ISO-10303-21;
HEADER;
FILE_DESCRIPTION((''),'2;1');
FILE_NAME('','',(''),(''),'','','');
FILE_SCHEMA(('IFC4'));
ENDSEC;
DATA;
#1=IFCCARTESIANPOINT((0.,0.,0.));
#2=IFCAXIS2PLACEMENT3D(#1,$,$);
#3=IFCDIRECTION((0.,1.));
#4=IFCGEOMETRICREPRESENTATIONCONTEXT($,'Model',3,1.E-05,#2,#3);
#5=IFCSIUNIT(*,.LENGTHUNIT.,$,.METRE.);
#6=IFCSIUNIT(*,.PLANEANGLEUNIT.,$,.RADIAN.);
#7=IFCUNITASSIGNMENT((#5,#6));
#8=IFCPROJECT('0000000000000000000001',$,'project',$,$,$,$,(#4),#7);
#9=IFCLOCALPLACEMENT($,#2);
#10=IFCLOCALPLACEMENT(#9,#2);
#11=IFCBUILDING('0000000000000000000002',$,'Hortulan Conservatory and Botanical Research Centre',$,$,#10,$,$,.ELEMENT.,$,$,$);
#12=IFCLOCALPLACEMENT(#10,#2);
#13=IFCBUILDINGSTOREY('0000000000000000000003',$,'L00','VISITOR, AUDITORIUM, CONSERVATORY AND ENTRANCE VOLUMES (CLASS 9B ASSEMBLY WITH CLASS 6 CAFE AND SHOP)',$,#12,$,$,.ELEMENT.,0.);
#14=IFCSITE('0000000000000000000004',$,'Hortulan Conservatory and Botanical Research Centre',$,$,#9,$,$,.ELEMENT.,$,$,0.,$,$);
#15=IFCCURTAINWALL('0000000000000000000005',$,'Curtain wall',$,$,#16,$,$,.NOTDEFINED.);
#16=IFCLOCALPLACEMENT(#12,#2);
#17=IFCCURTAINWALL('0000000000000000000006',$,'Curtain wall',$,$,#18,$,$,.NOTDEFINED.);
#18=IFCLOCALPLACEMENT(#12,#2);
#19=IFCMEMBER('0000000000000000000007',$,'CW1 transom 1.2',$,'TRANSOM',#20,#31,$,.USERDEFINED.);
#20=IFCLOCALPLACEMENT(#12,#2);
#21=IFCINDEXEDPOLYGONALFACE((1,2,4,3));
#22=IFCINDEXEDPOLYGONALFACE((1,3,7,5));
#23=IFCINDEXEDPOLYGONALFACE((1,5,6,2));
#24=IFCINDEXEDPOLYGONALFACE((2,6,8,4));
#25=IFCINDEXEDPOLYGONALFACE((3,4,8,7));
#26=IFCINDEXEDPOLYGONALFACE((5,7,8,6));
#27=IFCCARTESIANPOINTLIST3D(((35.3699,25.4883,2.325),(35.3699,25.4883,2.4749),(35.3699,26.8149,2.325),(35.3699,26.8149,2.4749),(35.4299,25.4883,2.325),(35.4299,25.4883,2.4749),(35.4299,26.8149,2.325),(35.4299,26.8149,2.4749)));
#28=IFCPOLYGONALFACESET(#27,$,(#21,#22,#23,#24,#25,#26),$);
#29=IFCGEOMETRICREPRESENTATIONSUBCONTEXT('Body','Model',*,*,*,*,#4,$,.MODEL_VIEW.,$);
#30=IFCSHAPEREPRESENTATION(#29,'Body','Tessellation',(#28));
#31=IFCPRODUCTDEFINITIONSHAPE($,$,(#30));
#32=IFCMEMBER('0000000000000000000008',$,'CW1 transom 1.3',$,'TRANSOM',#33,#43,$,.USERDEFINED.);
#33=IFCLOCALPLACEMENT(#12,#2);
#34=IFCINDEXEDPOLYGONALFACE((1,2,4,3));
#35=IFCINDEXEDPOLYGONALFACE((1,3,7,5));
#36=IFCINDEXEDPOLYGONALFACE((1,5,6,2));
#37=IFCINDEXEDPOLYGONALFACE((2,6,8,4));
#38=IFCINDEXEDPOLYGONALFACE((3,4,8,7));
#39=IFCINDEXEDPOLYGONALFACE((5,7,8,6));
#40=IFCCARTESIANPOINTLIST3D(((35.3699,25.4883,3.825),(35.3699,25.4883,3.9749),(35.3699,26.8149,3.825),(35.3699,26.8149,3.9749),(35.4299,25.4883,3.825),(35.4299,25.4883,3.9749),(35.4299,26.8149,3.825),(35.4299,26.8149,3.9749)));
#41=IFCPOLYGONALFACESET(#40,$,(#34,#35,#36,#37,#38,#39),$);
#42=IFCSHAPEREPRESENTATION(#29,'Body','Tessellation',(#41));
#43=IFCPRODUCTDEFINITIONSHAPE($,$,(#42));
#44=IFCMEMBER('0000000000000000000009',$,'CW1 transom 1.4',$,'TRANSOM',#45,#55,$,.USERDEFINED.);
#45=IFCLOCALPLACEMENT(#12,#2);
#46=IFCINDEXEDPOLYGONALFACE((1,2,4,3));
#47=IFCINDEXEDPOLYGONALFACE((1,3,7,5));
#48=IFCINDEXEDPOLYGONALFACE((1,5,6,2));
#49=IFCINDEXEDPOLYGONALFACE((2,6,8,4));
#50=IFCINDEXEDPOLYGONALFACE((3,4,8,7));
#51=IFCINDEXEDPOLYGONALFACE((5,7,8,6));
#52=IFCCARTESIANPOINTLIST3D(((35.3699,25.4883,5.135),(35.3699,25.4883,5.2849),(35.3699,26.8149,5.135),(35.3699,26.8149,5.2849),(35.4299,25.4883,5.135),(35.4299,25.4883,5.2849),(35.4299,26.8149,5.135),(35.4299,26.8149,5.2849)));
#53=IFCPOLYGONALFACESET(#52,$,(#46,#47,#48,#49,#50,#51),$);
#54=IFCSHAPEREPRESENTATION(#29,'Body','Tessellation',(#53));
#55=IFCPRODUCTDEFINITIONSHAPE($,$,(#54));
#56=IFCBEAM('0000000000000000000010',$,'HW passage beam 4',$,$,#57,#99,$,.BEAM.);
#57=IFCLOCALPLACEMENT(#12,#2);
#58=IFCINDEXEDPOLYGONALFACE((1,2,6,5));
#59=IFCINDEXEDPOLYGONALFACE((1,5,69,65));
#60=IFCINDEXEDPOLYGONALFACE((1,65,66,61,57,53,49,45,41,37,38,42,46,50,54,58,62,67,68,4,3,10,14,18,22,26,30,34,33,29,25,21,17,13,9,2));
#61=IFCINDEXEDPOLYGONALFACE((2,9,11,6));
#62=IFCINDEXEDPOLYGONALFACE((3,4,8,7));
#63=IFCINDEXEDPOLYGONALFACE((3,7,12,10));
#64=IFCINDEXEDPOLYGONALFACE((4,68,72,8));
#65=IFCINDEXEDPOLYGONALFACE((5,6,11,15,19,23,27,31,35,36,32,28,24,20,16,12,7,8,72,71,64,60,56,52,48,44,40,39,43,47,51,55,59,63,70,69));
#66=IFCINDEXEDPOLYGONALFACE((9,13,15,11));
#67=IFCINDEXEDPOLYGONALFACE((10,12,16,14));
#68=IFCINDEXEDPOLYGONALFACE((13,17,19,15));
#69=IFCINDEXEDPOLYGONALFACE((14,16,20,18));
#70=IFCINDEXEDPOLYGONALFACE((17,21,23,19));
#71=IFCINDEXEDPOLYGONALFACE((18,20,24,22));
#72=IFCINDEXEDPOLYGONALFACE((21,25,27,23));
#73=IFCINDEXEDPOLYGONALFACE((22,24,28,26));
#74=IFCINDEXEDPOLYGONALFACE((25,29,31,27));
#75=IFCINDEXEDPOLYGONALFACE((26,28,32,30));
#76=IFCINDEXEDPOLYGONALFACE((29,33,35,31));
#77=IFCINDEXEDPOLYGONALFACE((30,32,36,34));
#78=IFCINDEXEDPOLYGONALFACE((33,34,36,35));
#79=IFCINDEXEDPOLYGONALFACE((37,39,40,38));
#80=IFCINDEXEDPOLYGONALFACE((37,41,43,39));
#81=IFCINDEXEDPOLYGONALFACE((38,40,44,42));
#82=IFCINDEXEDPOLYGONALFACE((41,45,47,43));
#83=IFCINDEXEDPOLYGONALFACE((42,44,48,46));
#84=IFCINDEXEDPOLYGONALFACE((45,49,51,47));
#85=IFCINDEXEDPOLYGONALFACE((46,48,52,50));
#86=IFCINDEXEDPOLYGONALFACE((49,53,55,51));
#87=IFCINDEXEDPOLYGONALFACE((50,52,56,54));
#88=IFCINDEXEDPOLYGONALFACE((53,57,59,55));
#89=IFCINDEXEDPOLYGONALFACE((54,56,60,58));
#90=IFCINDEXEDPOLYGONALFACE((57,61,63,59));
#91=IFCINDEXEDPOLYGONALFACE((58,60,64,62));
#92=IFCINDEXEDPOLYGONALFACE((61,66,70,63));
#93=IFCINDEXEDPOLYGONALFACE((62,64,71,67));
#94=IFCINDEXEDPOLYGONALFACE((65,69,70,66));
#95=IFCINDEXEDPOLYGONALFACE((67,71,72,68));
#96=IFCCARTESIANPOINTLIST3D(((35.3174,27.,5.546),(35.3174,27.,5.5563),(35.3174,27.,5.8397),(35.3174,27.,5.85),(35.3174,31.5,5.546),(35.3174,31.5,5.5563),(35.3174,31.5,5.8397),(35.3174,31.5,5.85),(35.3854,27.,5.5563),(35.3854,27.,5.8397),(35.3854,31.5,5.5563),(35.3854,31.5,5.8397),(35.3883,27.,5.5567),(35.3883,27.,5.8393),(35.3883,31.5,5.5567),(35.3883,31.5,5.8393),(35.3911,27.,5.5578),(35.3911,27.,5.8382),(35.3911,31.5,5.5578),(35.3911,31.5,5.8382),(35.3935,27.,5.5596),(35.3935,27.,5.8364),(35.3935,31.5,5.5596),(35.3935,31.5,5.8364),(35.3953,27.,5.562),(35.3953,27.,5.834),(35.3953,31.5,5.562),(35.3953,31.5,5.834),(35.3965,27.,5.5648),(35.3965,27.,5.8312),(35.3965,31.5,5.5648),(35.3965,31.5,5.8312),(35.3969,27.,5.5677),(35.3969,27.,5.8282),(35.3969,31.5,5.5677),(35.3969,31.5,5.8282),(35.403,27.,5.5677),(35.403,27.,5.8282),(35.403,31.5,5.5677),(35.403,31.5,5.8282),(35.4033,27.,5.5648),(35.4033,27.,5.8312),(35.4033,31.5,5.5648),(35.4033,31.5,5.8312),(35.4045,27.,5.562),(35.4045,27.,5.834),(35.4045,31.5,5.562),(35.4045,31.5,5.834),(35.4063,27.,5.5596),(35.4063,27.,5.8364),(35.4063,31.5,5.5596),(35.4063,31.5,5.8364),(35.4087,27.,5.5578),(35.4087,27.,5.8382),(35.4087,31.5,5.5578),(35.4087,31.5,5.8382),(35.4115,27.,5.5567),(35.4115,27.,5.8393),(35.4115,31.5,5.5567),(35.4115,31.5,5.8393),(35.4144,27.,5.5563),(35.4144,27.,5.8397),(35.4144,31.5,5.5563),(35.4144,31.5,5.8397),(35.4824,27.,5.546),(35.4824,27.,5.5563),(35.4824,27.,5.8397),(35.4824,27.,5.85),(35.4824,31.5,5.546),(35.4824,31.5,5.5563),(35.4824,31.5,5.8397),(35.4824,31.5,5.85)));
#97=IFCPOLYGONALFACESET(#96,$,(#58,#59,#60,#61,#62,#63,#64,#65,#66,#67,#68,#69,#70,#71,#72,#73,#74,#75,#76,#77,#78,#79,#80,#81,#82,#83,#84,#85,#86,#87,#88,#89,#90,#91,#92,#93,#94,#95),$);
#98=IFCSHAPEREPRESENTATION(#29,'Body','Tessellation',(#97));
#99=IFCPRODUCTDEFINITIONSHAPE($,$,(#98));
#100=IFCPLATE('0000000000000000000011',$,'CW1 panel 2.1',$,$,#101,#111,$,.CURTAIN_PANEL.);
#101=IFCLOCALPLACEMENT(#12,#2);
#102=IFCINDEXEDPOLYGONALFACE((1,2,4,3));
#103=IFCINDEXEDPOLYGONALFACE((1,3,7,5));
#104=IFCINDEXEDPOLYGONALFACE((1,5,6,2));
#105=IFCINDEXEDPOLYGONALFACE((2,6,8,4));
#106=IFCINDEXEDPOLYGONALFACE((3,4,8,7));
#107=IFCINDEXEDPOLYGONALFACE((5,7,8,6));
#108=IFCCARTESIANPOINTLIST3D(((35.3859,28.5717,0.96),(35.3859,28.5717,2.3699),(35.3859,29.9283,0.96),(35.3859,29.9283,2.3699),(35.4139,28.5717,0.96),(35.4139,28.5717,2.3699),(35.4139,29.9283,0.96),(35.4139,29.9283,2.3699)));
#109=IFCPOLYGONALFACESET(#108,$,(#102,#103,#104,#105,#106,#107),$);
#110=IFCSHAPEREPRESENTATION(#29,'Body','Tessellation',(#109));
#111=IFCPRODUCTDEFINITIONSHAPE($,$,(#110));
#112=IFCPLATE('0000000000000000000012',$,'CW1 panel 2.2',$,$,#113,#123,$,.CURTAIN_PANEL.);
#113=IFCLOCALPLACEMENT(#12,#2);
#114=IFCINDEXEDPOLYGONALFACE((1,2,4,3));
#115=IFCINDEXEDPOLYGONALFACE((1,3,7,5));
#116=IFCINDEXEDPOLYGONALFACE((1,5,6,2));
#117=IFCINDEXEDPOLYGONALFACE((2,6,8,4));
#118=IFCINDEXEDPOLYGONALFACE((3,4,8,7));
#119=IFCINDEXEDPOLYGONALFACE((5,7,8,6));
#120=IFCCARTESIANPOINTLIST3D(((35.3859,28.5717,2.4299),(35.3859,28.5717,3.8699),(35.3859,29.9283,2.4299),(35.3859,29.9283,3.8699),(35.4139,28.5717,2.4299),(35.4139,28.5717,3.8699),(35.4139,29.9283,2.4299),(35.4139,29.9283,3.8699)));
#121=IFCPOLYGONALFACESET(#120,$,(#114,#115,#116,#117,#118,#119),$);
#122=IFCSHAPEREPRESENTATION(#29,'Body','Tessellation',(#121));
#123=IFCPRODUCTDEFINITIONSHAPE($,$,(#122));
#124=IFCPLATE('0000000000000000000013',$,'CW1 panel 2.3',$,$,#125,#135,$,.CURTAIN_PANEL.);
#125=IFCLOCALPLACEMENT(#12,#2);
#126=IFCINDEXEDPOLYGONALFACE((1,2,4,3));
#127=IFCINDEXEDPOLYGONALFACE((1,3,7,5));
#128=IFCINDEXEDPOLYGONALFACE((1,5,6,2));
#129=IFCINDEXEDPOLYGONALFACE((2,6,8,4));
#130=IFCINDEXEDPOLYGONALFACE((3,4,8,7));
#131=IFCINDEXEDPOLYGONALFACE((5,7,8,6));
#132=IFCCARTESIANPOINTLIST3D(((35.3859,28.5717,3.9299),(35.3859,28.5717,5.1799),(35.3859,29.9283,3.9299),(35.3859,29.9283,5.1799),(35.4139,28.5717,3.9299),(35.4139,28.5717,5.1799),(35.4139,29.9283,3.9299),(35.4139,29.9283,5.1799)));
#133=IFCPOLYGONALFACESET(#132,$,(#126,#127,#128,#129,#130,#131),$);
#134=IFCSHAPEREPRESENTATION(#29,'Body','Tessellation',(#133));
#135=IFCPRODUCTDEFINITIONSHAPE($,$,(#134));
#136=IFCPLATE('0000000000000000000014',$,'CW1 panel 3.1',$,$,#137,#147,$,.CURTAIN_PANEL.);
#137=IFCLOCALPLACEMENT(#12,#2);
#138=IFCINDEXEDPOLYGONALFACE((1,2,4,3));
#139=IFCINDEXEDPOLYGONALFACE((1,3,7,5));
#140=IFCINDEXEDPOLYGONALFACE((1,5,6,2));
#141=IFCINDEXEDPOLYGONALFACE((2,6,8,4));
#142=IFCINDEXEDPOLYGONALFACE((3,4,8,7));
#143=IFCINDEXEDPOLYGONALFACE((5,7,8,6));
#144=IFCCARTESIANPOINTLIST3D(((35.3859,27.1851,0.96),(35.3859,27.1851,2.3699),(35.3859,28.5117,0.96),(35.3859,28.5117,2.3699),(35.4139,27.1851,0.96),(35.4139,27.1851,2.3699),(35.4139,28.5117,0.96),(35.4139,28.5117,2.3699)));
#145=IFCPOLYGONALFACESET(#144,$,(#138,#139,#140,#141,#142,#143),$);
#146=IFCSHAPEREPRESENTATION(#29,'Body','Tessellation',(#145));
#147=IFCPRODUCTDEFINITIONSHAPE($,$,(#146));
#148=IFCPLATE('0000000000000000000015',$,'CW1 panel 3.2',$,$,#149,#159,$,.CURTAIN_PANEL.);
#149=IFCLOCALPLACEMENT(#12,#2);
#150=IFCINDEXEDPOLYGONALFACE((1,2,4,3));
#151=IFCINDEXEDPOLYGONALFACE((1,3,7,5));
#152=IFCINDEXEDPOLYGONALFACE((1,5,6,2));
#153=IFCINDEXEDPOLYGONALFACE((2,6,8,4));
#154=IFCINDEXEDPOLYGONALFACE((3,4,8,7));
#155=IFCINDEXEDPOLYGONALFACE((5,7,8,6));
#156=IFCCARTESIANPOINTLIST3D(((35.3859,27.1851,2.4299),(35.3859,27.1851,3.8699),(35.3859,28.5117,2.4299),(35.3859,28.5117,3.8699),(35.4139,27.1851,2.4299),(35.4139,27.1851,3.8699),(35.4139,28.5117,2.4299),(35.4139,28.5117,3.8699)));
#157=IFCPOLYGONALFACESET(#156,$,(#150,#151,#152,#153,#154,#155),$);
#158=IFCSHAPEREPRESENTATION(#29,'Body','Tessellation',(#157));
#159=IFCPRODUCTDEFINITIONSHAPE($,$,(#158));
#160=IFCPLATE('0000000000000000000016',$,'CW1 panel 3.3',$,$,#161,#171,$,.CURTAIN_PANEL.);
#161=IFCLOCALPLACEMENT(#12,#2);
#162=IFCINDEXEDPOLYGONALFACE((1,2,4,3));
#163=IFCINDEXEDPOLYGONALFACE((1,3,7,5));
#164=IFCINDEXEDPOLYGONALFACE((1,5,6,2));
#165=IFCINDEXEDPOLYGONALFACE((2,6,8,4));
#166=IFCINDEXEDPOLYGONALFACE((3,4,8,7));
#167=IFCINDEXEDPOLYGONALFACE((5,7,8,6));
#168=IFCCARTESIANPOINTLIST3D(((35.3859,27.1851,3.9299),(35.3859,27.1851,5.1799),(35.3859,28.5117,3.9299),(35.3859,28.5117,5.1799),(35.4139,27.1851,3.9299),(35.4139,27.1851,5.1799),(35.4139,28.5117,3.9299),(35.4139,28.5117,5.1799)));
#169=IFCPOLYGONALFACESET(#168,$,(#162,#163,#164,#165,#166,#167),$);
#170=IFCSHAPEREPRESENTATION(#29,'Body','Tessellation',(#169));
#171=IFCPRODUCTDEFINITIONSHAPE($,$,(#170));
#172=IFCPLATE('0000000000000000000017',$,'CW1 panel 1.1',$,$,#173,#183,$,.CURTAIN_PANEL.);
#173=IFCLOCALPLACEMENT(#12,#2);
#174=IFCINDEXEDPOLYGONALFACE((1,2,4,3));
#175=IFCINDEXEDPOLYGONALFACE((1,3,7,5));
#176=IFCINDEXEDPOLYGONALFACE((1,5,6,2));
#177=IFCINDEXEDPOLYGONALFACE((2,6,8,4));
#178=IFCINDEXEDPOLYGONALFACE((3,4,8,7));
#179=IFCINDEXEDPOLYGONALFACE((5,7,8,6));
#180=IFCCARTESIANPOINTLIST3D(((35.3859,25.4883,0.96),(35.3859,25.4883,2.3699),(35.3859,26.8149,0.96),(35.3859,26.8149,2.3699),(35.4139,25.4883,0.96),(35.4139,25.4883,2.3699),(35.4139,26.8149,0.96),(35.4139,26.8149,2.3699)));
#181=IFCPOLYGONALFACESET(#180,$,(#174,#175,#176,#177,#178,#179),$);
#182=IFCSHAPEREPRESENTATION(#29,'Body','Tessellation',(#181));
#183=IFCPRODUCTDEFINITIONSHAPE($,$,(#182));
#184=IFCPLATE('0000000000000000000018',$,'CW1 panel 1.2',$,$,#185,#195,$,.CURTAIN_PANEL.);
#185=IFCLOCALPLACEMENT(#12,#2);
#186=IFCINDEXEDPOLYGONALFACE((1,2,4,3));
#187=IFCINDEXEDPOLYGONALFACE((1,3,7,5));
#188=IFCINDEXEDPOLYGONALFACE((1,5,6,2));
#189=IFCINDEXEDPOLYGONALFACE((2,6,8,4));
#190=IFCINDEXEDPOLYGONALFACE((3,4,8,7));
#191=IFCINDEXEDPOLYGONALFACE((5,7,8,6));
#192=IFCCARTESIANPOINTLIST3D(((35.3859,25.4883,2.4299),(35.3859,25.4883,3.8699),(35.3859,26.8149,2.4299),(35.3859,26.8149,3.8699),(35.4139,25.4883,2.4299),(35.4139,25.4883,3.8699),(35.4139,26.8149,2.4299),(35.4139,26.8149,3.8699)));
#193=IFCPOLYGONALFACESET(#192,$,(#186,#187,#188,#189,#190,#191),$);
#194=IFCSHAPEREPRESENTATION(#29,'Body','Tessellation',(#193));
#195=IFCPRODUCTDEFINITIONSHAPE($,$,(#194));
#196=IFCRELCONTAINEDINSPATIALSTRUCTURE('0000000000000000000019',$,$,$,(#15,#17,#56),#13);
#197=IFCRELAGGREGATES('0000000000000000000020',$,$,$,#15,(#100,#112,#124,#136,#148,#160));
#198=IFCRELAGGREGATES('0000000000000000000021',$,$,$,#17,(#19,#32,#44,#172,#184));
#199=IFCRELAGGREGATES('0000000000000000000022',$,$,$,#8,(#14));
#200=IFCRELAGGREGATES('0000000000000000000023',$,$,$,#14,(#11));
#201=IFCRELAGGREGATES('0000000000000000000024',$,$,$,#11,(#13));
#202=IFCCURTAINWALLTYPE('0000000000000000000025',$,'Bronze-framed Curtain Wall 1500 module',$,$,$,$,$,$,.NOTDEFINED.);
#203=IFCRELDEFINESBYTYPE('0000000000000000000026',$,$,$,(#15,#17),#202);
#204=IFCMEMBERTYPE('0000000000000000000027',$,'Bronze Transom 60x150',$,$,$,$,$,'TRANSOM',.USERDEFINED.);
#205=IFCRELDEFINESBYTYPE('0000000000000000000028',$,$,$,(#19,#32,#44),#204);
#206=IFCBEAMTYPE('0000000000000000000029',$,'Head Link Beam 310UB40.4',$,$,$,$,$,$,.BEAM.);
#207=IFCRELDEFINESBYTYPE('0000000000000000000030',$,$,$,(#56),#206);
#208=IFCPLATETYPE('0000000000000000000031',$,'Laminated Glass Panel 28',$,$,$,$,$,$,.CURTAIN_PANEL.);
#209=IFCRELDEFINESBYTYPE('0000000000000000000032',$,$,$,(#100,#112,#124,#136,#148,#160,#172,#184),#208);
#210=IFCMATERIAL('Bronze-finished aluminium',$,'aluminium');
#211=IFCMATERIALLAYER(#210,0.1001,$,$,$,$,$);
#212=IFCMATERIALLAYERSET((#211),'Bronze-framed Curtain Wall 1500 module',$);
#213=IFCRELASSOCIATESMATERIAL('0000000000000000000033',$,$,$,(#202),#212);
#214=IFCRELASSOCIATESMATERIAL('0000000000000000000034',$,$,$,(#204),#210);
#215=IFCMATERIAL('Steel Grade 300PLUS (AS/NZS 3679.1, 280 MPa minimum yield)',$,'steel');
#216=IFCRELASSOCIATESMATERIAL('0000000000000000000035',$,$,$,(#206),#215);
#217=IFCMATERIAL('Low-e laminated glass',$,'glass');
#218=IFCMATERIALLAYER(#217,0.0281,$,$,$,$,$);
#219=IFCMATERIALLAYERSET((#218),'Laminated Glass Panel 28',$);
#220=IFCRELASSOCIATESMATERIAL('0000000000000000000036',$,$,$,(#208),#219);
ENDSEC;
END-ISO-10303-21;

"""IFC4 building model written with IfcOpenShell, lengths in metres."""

from ifc_helpers import new_model, si_unit, direction, frame, origin, origin_2d, place, context, subcontext, project, spatial, rectangle, i_section, extrude, material, layer, layer_set, material_profile, profile_set, type_object, element, aggregate, save


model = new_model("IFC4")

# Units and contexts
model_context = context("Model", 3, precision=1e-05, world=origin(), true_north=direction((0.0, 1.0)))
body_context = subcontext(model_context, "Body", "Model", "MODEL_VIEW")
ifc_project = project(units=[si_unit("LENGTHUNIT", "METRE"), si_unit("PLANEANGLEUNIT", "RADIAN")], contexts=[model_context])

# Site, building, storey
site_placement = place(None, origin())
site = spatial("IfcSite", under=ifc_project, at=site_placement, Name="Hortulan Conservatory and Botanical Research Centre", CompositionType="ELEMENT", RefElevation=0.0)
building_placement = place(site_placement, origin())
building = spatial("IfcBuilding", under=site, at=building_placement, Name="Hortulan Conservatory and Botanical Research Centre", CompositionType="ELEMENT")
storey_placement = place(building_placement, origin())
storey = spatial("IfcBuildingStorey", under=building, at=storey_placement, Name="L00", Description="VISITOR, AUDITORIUM, CONSERVATORY AND ENTRANCE VOLUMES (CLASS 9B ASSEMBLY WITH CLASS 6 CAFE AND SHOP)", CompositionType="ELEMENT", Elevation=0.0)

# Curtain walls
ifc_material_1 = material(Name="Bronze-finished aluminium", Category="aluminium")
ifc_layer_1 = layer(ifc_material_1, 0.1001)
ifc_layer_set_1 = layer_set([ifc_layer_1], Name="Bronze-framed Curtain Wall 1500 module")
curtain_wall_type = type_object("IfcCurtainWallType", Name="Bronze-framed Curtain Wall 1500 module", PredefinedType="NOTDEFINED", material=ifc_layer_set_1)
curtain_wall_1_placement = place(storey_placement, origin())
curtain_wall_1 = element("IfcCurtainWall", 1, at=curtain_wall_1_placement, inside=storey, type_object=curtain_wall_type, Name="Curtain wall", PredefinedType="NOTDEFINED")
curtain_wall_2_placement = place(storey_placement, origin())
curtain_wall_2 = element("IfcCurtainWall", 2, at=curtain_wall_2_placement, inside=storey, type_object=curtain_wall_type, Name="Curtain wall", PredefinedType="NOTDEFINED")

# Members
ifc_material_profile_1 = material_profile(ifc_material_1, rectangle(XDim=0.0601, YDim=0.1499, at=origin_2d()), Name="Bronze Transom 60x150")
ifc_profile_set_1 = profile_set([ifc_material_profile_1], Name="Bronze-finished aluminium")
member_type_1 = type_object("IfcMemberType", Name="Bronze Transom 60x150", ElementType="TRANSOM", PredefinedType="USERDEFINED", material=ifc_profile_set_1)
member_1_placement = place(storey_placement, frame((35.3999, 26.8149, 2.3999), z_axis=(0.0, -1.0, 0.0), x_axis=(1.0, 0.0, 0.0)))
member_1 = element("IfcMember", 3, at=member_1_placement, type_object=member_type_1, Name="CW1 transom 1.2", ObjectType="TRANSOM", PredefinedType="USERDEFINED", context=body_context, shape_type="SweptSolid", body=[
    extrude(rectangle(XDim=0.0601, YDim=0.1499, at=origin_2d()), origin(), (0.0, 0.0, 1.0), 1.3267),
])
member_2_placement = place(storey_placement, frame((35.3999, 26.8149, 3.8999), z_axis=(0.0, -1.0, 0.0), x_axis=(1.0, 0.0, 0.0)))
member_2 = element("IfcMember", 4, at=member_2_placement, type_object=member_type_1, Name="CW1 transom 1.3", ObjectType="TRANSOM", PredefinedType="USERDEFINED", context=body_context, shape_type="SweptSolid", body=[
    extrude(rectangle(XDim=0.0601, YDim=0.1499, at=origin_2d()), origin(), (0.0, 0.0, 1.0), 1.3267),
])
member_3_placement = place(storey_placement, frame((35.3999, 26.8149, 5.21), z_axis=(0.0, -1.0, 0.0), x_axis=(1.0, 0.0, 0.0)))
member_3 = element("IfcMember", 5, at=member_3_placement, type_object=member_type_1, Name="CW1 transom 1.4", ObjectType="TRANSOM", PredefinedType="USERDEFINED", context=body_context, shape_type="SweptSolid", body=[
    extrude(rectangle(XDim=0.0601, YDim=0.1499, at=origin_2d()), origin(), (0.0, 0.0, 1.0), 1.3267),
])

# Beam
ifc_material_2 = material(Name="Steel Grade 300PLUS (AS/NZS 3679.1, 280 MPa minimum yield)", Category="steel")
ifc_material_profile_2 = material_profile(ifc_material_2, i_section(OverallWidth=0.165, OverallDepth=0.304, WebThickness=0.0061, FlangeThickness=0.0103, FilletRadius=0.0115, at=origin_2d()), Name="310UB40.4")
ifc_profile_set_2 = profile_set([ifc_material_profile_2], Name="Steel Grade 300PLUS (AS/NZS 3679.1, 280 MPa minimum yield)")
beam_type = type_object("IfcBeamType", Name="Head Link Beam 310UB40.4", PredefinedType="BEAM", material=ifc_profile_set_2)
beam_placement = place(storey_placement, frame((35.3999, 27.0, 5.698), z_axis=(0.0, 1.0, 0.0), x_axis=(-1.0, 0.0, 0.0)))
element("IfcBeam", 6, at=beam_placement, inside=storey, type_object=beam_type, Name="HW passage beam 4", PredefinedType="BEAM", context=body_context, shape_type="SweptSolid", body=[
    extrude(i_section(OverallWidth=0.165, OverallDepth=0.304, WebThickness=0.0061, FlangeThickness=0.0103, FilletRadius=0.0115, at=origin_2d()), origin(), (0.0, 0.0, 1.0), 4.5),
])

# Plates
ifc_material_3 = material(Name="Low-e laminated glass", Category="glass")
ifc_layer_2 = layer(ifc_material_3, 0.0281)
ifc_layer_set_2 = layer_set([ifc_layer_2], Name="Laminated Glass Panel 28")
plate_type = type_object("IfcPlateType", Name="Laminated Glass Panel 28", PredefinedType="CURTAIN_PANEL", material=ifc_layer_set_2)
plate_1_placement = place(storey_placement, frame((35.3999, 29.25, 0.96), z_axis=(0.0, 0.0, 1.0), x_axis=(0.0, -1.0, 0.0)))
plate_1 = element("IfcPlate", 7, at=plate_1_placement, type_object=plate_type, Name="CW1 panel 2.1", PredefinedType="CURTAIN_PANEL", context=body_context, shape_type="SweptSolid", body=[
    extrude(rectangle(XDim=1.3567, YDim=0.0281, at=origin_2d()), origin(), (0.0, 0.0, 1.0), 1.4099),
])
plate_2_placement = place(storey_placement, frame((35.3999, 29.25, 2.4299), z_axis=(0.0, 0.0, 1.0), x_axis=(0.0, -1.0, 0.0)))
plate_2 = element("IfcPlate", 8, at=plate_2_placement, type_object=plate_type, Name="CW1 panel 2.2", PredefinedType="CURTAIN_PANEL", context=body_context, shape_type="SweptSolid", body=[
    extrude(rectangle(XDim=1.3567, YDim=0.0281, at=origin_2d()), origin(), (0.0, 0.0, 1.0), 1.4399),
])
plate_3_placement = place(storey_placement, frame((35.3999, 29.25, 3.9299), z_axis=(0.0, 0.0, 1.0), x_axis=(0.0, -1.0, 0.0)))
plate_3 = element("IfcPlate", 9, at=plate_3_placement, type_object=plate_type, Name="CW1 panel 2.3", PredefinedType="CURTAIN_PANEL", context=body_context, shape_type="SweptSolid", body=[
    extrude(rectangle(XDim=1.3567, YDim=0.0281, at=origin_2d()), origin(), (0.0, 0.0, 1.0), 1.25),
])
plate_4_placement = place(storey_placement, frame((35.3999, 27.8484, 0.96), z_axis=(0.0, 0.0, 1.0), x_axis=(0.0, -1.0, 0.0)))
plate_4 = element("IfcPlate", 10, at=plate_4_placement, type_object=plate_type, Name="CW1 panel 3.1", PredefinedType="CURTAIN_PANEL", context=body_context, shape_type="SweptSolid", body=[
    extrude(rectangle(XDim=1.3267, YDim=0.0281, at=origin_2d()), origin(), (0.0, 0.0, 1.0), 1.4099),
])
plate_5_placement = place(storey_placement, frame((35.3999, 27.8484, 2.4299), z_axis=(0.0, 0.0, 1.0), x_axis=(0.0, -1.0, 0.0)))
plate_5 = element("IfcPlate", 11, at=plate_5_placement, type_object=plate_type, Name="CW1 panel 3.2", PredefinedType="CURTAIN_PANEL", context=body_context, shape_type="SweptSolid", body=[
    extrude(rectangle(XDim=1.3267, YDim=0.0281, at=origin_2d()), origin(), (0.0, 0.0, 1.0), 1.4399),
])
plate_6_placement = place(storey_placement, frame((35.3999, 27.8484, 3.9299), z_axis=(0.0, 0.0, 1.0), x_axis=(0.0, -1.0, 0.0)))
plate_6 = element("IfcPlate", 12, at=plate_6_placement, type_object=plate_type, Name="CW1 panel 3.3", PredefinedType="CURTAIN_PANEL", context=body_context, shape_type="SweptSolid", body=[
    extrude(rectangle(XDim=1.3267, YDim=0.0281, at=origin_2d()), origin(), (0.0, 0.0, 1.0), 1.25),
])
aggregate(curtain_wall_1, [plate_1, plate_2, plate_3, plate_4, plate_5, plate_6])
plate_7_placement = place(storey_placement, frame((35.3999, 26.1516, 0.96), z_axis=(0.0, 0.0, 1.0), x_axis=(0.0, -1.0, 0.0)))
plate_7 = element("IfcPlate", 13, at=plate_7_placement, type_object=plate_type, Name="CW1 panel 1.1", PredefinedType="CURTAIN_PANEL", context=body_context, shape_type="SweptSolid", body=[
    extrude(rectangle(XDim=1.3267, YDim=0.0281, at=origin_2d()), origin(), (0.0, 0.0, 1.0), 1.4099),
])
plate_8_placement = place(storey_placement, frame((35.3999, 26.1516, 2.4299), z_axis=(0.0, 0.0, 1.0), x_axis=(0.0, -1.0, 0.0)))
plate_8 = element("IfcPlate", 14, at=plate_8_placement, type_object=plate_type, Name="CW1 panel 1.2", PredefinedType="CURTAIN_PANEL", context=body_context, shape_type="SweptSolid", body=[
    extrude(rectangle(XDim=1.3267, YDim=0.0281, at=origin_2d()), origin(), (0.0, 0.0, 1.0), 1.4399),
])
aggregate(curtain_wall_2, [member_1, member_2, member_3, plate_7, plate_8])

save(model, "model.ifc")
